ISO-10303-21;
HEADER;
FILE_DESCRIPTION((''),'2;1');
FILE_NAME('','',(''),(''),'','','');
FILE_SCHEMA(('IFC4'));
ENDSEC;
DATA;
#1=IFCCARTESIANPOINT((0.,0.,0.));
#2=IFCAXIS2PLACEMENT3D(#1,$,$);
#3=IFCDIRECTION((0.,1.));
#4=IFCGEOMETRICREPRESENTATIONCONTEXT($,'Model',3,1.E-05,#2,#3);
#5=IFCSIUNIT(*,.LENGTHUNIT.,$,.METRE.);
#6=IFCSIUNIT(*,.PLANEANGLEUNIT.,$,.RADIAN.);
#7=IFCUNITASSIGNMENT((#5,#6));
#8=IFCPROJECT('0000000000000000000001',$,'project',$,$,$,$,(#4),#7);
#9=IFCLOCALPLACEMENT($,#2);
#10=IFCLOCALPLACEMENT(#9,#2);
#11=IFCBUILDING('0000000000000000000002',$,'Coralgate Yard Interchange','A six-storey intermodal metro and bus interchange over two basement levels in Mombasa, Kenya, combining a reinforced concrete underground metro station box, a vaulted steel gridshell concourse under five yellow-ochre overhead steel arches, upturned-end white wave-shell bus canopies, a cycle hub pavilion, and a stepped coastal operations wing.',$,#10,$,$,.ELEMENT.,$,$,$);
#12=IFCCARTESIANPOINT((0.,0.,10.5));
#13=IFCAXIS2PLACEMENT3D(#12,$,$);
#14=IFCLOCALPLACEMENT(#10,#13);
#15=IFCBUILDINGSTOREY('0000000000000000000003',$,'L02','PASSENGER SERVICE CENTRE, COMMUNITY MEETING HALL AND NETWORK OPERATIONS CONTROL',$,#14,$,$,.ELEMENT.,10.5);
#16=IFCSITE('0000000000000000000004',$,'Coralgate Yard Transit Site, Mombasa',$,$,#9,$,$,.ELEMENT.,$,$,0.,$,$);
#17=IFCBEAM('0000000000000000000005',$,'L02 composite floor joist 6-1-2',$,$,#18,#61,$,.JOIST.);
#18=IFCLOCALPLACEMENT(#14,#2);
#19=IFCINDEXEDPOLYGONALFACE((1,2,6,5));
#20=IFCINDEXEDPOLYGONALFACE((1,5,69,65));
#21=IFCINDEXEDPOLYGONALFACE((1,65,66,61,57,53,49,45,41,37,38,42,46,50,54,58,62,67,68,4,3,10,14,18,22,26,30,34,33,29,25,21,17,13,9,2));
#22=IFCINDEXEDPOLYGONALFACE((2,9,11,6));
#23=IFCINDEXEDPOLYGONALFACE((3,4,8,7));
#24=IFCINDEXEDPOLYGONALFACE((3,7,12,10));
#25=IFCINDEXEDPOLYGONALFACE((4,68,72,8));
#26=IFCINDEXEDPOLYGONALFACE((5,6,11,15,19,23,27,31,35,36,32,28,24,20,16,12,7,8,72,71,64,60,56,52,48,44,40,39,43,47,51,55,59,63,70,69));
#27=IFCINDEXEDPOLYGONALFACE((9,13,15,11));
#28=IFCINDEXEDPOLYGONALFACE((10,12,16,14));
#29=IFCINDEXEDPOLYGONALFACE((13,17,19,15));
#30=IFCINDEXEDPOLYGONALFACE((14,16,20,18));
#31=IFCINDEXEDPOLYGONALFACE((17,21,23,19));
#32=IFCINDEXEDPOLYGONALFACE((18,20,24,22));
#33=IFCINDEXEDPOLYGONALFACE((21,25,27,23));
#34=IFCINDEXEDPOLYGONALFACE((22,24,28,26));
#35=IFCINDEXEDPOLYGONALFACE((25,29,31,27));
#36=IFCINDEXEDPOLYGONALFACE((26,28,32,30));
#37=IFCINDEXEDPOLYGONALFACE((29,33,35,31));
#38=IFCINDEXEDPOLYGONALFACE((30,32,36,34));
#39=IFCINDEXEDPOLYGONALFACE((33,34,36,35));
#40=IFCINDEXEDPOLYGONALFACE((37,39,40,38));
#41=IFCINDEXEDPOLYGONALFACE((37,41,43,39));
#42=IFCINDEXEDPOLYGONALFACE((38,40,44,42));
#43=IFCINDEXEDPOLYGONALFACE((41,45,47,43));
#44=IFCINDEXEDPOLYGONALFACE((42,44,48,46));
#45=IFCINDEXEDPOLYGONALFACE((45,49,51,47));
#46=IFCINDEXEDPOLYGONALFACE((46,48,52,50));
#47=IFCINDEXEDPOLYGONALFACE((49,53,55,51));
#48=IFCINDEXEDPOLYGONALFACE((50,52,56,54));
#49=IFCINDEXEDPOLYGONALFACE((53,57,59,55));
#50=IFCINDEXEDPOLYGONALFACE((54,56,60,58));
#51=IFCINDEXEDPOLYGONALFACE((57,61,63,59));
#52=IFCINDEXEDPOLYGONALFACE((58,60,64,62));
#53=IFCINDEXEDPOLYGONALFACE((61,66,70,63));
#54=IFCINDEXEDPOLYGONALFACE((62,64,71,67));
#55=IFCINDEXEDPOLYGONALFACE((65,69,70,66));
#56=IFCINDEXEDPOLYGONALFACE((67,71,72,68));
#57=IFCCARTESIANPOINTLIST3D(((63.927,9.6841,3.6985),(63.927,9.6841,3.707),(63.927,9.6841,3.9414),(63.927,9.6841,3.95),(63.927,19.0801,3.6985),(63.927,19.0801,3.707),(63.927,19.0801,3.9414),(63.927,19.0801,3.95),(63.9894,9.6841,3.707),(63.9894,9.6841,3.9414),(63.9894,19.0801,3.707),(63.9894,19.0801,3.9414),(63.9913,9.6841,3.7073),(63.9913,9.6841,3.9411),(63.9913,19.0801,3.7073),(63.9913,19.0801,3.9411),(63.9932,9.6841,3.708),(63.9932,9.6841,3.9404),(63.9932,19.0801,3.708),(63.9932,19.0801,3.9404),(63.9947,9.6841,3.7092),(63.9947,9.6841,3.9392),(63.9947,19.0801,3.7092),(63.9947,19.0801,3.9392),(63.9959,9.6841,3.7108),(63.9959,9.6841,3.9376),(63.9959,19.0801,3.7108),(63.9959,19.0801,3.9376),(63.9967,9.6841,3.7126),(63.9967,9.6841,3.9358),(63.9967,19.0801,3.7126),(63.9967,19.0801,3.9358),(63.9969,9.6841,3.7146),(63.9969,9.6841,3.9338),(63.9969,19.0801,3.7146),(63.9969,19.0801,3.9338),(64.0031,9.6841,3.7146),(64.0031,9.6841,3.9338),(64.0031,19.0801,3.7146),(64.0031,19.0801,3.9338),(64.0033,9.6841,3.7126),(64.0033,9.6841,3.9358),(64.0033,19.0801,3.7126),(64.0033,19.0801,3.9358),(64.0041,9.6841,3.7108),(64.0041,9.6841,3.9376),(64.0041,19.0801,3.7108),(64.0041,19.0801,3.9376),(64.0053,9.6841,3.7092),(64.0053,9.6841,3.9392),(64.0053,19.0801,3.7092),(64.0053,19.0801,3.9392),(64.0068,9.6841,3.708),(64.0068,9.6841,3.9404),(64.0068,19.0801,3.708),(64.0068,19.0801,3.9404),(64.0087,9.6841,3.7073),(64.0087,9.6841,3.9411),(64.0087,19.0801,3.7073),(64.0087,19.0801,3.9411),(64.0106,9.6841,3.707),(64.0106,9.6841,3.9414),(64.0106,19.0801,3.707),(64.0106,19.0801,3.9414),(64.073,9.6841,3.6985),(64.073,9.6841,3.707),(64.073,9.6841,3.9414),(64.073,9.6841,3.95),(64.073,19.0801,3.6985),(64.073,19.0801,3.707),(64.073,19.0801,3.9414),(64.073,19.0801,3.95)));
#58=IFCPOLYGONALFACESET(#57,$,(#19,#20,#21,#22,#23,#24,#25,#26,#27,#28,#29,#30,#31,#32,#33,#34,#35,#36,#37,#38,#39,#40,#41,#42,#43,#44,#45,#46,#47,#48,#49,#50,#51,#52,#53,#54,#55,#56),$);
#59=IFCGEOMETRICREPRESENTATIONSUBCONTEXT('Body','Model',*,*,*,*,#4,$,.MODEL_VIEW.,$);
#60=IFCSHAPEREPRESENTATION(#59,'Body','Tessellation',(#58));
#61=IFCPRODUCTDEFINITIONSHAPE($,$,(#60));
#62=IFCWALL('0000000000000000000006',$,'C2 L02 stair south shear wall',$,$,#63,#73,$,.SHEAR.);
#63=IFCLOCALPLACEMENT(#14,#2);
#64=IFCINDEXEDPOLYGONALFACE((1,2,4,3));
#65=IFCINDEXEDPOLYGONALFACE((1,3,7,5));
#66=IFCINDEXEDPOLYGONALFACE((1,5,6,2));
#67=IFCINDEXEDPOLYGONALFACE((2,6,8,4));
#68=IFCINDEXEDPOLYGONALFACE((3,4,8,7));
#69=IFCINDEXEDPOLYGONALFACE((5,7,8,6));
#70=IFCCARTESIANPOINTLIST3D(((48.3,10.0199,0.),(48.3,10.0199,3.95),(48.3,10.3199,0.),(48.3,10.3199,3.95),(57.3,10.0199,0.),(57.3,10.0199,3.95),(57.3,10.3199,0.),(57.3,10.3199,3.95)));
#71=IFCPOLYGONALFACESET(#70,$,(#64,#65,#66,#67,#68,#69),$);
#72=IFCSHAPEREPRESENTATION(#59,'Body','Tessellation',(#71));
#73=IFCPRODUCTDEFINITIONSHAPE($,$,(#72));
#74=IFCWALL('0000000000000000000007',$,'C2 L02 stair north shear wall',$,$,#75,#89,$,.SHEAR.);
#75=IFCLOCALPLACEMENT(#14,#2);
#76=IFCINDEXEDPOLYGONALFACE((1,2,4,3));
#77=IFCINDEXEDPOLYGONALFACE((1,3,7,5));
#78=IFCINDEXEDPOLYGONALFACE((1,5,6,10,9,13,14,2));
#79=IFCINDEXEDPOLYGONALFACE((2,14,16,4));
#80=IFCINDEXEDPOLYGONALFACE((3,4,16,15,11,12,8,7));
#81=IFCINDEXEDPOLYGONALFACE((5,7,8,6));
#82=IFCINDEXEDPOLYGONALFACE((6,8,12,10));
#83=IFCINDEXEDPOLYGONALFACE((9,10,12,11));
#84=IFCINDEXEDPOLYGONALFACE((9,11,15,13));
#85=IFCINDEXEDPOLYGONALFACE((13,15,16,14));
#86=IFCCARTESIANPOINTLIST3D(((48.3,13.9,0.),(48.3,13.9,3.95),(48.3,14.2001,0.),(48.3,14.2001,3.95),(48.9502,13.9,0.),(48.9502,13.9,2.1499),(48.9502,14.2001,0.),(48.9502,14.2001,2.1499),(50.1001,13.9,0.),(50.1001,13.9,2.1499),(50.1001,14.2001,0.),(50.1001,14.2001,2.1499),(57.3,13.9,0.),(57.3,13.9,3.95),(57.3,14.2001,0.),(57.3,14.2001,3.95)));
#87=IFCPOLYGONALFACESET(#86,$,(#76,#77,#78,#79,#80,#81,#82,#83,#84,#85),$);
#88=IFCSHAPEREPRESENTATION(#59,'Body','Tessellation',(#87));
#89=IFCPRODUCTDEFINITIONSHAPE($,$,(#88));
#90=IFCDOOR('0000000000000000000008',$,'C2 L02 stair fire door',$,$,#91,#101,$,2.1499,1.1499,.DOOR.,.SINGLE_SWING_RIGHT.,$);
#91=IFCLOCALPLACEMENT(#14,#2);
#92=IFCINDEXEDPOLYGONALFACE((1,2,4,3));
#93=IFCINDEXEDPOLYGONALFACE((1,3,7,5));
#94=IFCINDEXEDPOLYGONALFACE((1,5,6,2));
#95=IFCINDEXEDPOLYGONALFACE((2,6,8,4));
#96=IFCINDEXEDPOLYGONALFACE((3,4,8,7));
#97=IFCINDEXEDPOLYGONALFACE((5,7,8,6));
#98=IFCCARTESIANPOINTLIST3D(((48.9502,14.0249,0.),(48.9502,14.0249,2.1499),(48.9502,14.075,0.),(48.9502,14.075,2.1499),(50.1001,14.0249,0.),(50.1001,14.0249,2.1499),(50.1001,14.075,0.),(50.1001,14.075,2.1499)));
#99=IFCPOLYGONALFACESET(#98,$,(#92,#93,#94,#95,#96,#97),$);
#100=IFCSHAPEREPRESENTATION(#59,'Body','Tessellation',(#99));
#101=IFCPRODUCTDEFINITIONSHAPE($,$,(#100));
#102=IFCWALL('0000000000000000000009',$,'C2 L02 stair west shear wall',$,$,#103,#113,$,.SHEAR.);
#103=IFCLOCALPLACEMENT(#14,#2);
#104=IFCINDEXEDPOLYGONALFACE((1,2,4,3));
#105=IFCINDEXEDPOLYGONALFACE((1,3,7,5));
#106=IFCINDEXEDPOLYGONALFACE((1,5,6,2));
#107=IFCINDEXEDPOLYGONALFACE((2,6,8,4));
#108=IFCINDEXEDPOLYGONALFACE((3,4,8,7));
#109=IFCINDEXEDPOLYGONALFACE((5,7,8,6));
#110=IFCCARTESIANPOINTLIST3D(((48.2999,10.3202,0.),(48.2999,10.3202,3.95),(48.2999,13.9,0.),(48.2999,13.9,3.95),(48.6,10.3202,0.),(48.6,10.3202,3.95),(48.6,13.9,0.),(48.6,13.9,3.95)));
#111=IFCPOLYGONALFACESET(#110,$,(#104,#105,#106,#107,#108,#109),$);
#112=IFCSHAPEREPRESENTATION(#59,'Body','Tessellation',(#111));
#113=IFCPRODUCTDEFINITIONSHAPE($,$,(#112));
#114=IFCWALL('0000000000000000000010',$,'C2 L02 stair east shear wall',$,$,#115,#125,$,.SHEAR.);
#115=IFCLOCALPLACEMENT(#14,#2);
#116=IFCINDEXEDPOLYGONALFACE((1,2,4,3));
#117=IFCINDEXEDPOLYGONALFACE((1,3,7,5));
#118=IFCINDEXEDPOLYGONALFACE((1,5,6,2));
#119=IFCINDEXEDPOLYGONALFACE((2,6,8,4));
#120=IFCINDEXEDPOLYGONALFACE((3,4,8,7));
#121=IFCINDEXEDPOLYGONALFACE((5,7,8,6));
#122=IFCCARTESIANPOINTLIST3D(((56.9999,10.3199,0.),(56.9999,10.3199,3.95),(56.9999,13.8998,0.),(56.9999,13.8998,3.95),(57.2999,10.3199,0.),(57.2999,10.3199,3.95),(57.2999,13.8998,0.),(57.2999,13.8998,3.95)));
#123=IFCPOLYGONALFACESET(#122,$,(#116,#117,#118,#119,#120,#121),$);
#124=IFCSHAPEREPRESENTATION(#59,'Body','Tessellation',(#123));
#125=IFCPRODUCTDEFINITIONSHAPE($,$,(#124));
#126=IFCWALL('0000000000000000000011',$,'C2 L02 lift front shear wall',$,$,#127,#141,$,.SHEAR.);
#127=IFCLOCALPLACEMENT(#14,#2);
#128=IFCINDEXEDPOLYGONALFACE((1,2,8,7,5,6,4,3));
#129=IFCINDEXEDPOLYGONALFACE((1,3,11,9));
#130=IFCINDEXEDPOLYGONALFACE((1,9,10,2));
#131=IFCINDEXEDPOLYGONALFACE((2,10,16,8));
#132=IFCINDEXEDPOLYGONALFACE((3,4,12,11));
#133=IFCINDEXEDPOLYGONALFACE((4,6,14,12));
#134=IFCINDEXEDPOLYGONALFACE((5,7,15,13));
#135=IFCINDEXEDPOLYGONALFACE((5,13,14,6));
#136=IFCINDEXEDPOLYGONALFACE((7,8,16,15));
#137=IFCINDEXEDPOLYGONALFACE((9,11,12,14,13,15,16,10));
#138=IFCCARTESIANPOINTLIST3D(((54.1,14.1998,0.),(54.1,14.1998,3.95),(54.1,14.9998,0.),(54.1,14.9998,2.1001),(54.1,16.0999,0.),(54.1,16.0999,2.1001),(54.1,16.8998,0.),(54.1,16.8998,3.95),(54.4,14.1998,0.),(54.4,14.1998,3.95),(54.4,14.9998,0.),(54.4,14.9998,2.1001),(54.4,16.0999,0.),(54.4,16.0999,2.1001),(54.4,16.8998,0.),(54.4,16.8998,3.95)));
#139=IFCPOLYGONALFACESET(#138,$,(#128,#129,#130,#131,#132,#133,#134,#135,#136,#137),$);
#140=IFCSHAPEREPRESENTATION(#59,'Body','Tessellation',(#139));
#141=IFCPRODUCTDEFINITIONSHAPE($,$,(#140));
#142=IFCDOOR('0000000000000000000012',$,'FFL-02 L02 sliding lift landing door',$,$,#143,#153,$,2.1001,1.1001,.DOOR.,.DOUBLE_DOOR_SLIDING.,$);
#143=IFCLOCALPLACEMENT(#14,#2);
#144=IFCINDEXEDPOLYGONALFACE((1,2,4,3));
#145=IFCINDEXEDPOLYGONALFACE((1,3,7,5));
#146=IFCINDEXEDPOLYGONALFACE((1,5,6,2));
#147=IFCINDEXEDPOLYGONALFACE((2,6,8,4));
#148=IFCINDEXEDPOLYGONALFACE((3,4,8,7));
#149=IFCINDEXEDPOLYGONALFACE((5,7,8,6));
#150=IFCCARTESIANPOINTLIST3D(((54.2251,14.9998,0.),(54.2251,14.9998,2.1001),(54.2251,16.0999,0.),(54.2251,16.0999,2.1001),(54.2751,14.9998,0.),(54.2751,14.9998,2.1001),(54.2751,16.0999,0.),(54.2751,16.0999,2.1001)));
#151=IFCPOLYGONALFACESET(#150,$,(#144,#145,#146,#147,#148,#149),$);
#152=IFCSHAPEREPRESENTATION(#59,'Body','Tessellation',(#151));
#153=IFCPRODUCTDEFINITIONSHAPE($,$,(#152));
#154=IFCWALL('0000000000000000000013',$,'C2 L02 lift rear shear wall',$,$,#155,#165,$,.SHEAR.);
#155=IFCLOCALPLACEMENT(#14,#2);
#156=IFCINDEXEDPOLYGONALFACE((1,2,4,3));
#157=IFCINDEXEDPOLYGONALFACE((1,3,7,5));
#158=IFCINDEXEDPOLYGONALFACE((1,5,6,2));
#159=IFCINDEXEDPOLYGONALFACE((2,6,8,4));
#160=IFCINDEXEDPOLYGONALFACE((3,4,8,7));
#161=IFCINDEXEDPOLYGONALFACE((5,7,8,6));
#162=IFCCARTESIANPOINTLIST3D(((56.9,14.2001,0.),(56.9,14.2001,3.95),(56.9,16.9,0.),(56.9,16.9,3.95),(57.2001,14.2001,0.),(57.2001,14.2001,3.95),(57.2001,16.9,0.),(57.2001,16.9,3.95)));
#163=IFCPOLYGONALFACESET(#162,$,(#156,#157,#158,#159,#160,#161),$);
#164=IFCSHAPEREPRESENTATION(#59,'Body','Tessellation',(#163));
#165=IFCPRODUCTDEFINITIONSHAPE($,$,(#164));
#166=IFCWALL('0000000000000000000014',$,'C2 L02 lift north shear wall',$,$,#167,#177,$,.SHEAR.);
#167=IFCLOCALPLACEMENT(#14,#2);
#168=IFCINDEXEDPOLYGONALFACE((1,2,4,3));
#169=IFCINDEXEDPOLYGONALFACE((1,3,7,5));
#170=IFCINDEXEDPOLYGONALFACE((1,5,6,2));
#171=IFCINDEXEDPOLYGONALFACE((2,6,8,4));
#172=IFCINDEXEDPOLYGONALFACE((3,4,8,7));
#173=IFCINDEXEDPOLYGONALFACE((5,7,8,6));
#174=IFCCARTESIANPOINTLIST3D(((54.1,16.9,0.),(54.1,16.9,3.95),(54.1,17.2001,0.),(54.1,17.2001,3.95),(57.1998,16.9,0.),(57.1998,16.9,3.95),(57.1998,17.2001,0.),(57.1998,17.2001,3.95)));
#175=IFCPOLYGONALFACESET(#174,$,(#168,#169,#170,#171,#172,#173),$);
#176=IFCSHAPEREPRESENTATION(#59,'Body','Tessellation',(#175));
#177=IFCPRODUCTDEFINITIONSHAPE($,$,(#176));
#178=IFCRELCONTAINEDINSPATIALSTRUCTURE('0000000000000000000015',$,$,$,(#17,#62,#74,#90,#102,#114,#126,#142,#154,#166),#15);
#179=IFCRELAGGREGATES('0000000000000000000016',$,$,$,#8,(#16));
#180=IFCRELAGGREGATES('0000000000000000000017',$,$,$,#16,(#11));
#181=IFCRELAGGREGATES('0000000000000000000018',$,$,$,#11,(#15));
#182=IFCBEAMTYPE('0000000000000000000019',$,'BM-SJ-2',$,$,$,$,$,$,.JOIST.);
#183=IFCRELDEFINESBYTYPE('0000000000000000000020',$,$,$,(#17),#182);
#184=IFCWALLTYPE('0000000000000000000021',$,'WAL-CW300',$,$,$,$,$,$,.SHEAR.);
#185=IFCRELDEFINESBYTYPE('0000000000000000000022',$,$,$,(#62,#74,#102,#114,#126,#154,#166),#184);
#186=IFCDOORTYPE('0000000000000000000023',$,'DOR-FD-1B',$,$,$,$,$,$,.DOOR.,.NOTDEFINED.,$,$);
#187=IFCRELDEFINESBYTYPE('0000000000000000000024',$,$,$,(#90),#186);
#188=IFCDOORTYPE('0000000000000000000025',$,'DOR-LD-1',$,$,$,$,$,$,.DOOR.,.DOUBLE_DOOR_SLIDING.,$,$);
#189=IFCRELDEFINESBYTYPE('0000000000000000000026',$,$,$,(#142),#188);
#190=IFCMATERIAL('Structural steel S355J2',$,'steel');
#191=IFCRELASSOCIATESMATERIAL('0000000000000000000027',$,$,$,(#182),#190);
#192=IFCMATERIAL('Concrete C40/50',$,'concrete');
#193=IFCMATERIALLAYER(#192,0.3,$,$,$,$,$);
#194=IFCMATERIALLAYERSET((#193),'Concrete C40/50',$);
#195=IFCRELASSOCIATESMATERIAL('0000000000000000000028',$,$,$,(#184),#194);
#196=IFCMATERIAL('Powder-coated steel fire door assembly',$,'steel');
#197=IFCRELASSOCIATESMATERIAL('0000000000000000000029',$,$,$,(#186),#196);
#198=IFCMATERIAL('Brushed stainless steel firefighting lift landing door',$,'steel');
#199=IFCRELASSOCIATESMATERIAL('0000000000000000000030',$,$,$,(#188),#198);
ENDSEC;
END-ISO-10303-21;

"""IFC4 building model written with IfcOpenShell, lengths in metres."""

from ifc_helpers import new_model, si_unit, direction, frame, frame_2d, origin, origin_2d, place, context, subcontext, project, spatial, rectangle, i_section, extrude, material, layer, layer_set, material_profile, profile_set, type_object, element, fill, save


model = new_model("IFC4")

# Units and contexts
model_context = context("Model", 3, precision=1e-05, world=origin(), true_north=direction((0.0, 1.0)))
body_context = subcontext(model_context, "Body", "Model", "MODEL_VIEW")
ifc_project = project(units=[si_unit("LENGTHUNIT", "METRE"), si_unit("PLANEANGLEUNIT", "RADIAN")], contexts=[model_context])

# Site, building, storey
site_placement = place(None, origin())
site = spatial("IfcSite", under=ifc_project, at=site_placement, Name="Coralgate Yard Transit Site, Mombasa", CompositionType="ELEMENT", RefElevation=0.0)
building_placement = place(site_placement, origin())
building = spatial("IfcBuilding", under=site, at=building_placement, Name="Coralgate Yard Interchange", Description="A six-storey intermodal metro and bus interchange over two basement levels in Mombasa, Kenya, combining a reinforced concrete underground metro station box, a vaulted steel gridshell concourse under five yellow-ochre overhead steel arches, upturned-end white wave-shell bus canopies, a cycle hub pavilion, and a stepped coastal operations wing.", CompositionType="ELEMENT")
storey_placement = place(building_placement, frame((0.0, 0.0, 10.5)))
storey = spatial("IfcBuildingStorey", under=building, at=storey_placement, Name="L02", Description="PASSENGER SERVICE CENTRE, COMMUNITY MEETING HALL AND NETWORK OPERATIONS CONTROL", CompositionType="ELEMENT", Elevation=10.5)

# Shared definitions
ifc_material_1 = material(Name="Structural steel S355J2", Category="steel")

# Beam
ifc_material_profile_1 = material_profile(ifc_material_1, i_section(OverallWidth=0.146, OverallDepth=0.2515, WebThickness=0.0061, FlangeThickness=0.0085, FilletRadius=0.0076, at=origin_2d()), Name="UB 254x146x31")
ifc_profile_set_1 = profile_set([ifc_material_profile_1], Name="Structural steel S355J2")
beam_type_1 = type_object("IfcBeamType", Name="BM-SJ-2", PredefinedType="JOIST", material=ifc_profile_set_1)
for number, where, z_axis, x_axis, name in (
    (1, (64.0, 9.6841, 3.8242), (0.0, 1.0, 0.0), (-1.0, 0.0, 0.0), "L02 composite floor joist 6-1-2"),
):
    element("IfcBeam", number, at=place(storey_placement, frame(where, z_axis=z_axis, x_axis=x_axis)), inside=storey, type_object=beam_type_1, Name=name, PredefinedType="JOIST", context=body_context, shape_type="SweptSolid", body=[
        extrude(i_section(OverallWidth=0.146, OverallDepth=0.2515, WebThickness=0.0061, FlangeThickness=0.0085, FilletRadius=0.0076, at=origin_2d()), origin(), (0.0, 0.0, 1.0), 9.396),
    ])

# Wall
ifc_material_2 = material(Name="Concrete C40/50", Category="concrete")
ifc_layer_1 = layer(ifc_material_2, 0.3)
ifc_layer_set_1 = layer_set([ifc_layer_1], Name="Concrete C40/50")
wall_type_1 = type_object("IfcWallType", Name="WAL-CW300", PredefinedType="SHEAR", material=ifc_layer_set_1)
wall_1_placement = place(storey_placement, frame((48.3, 10.1699, 0.0), z_axis=(0.0, 0.0, 1.0), x_axis=(1.0, 0.0, 0.0)))
element("IfcWall", 2, at=wall_1_placement, inside=storey, type_object=wall_type_1, Name="C2 L02 stair south shear wall", PredefinedType="SHEAR", context=body_context, shape_type="SweptSolid", body=[
    extrude(rectangle(XDim=9.0, YDim=0.3, at=frame_2d((4.5, 0.0))), origin(), (0.0, 0.0, 1.0), 3.95),
])

# Wall, opening, door
wall_2_placement = place(storey_placement, frame((57.3, 14.05, 0.0), z_axis=(0.0, 0.0, 1.0), x_axis=(-1.0, 0.0, 0.0)))
wall_2 = element("IfcWall", 3, at=wall_2_placement, inside=storey, type_object=wall_type_1, Name="C2 L02 stair north shear wall", PredefinedType="SHEAR", context=body_context, shape_type="SweptSolid", body=[
    extrude(rectangle(XDim=9.0, YDim=0.3, at=frame_2d((4.5, 0.0))), origin(), (0.0, 0.0, 1.0), 3.95),
])
opening_1_placement = place(wall_2_placement, frame((7.2, 0.0, 0.0)))
opening_1 = element("IfcOpeningElement", 4, at=opening_1_placement, cuts=wall_2, PredefinedType="OPENING", context=body_context, shape_type="SweptSolid", body=[
    extrude(rectangle(XDim=1.1499, YDim=2.1499, at=frame_2d((0.575, 1.075))), frame((0.0, 0.1599, 0.0), z_axis=(0.0, -1.0, 0.0), x_axis=(1.0, 0.0, 0.0)), (0.0, 0.0, 1.0), 0.3201),
])
ifc_material_3 = material(Name="Powder-coated steel fire door assembly", Category="steel")
door_type_1 = type_object("IfcDoorType", Name="DOR-FD-1B", OperationType="NOTDEFINED", PredefinedType="DOOR", material=ifc_material_3)
door_1_placement = place(opening_1_placement, frame((1.1499, 0.0, 0.0), z_axis=(0.0, 0.0, 1.0), x_axis=(-1.0, 0.0, 0.0)))
door_1 = element("IfcDoor", 5, at=door_1_placement, inside=storey, type_object=door_type_1, Name="C2 L02 stair fire door", OperationType="SINGLE_SWING_RIGHT", OverallHeight=2.1499, OverallWidth=1.1499, PredefinedType="DOOR", context=body_context, shape_type="SweptSolid", body=[
    extrude(rectangle(XDim=1.1499, YDim=2.1499, at=frame_2d((0.575, 1.075))), frame((0.0, 0.0249, 0.0), z_axis=(0.0, -1.0, 0.0), x_axis=(1.0, 0.0, 0.0)), (0.0, 0.0, 1.0), 0.05),
])
fill(opening_1, door_1)

# Walls
for number, where, z_axis, x_axis, name in (
    (6, (48.45, 10.3201, 0.0), (0.0, 0.0, 1.0), (0.0, 1.0, 0.0), "C2 L02 stair west shear wall"),
    (7, (57.1499, 13.8999, 0.0), (0.0, 0.0, 1.0), (0.0, -1.0, 0.0), "C2 L02 stair east shear wall"),
):
    element("IfcWall", number, at=place(storey_placement, frame(where, z_axis=z_axis, x_axis=x_axis)), inside=storey, type_object=wall_type_1, Name=name, PredefinedType="SHEAR", context=body_context, shape_type="SweptSolid", body=[
        extrude(rectangle(XDim=3.5798, YDim=0.3, at=frame_2d((1.79, 0.0))), origin(), (0.0, 0.0, 1.0), 3.95),
    ])

# Wall, opening, door
wall_3_placement = place(storey_placement, frame((54.25, 16.8999, 0.0), z_axis=(0.0, 0.0, 1.0), x_axis=(0.0, -1.0, 0.0)))
wall_3 = element("IfcWall", 8, at=wall_3_placement, inside=storey, type_object=wall_type_1, Name="C2 L02 lift front shear wall", PredefinedType="SHEAR", context=body_context, shape_type="SweptSolid", body=[
    extrude(rectangle(XDim=2.7, YDim=0.3, at=frame_2d((1.3501, 0.0))), origin(), (0.0, 0.0, 1.0), 3.95),
])
opening_2_placement = place(wall_3_placement, frame((0.8, 0.0, 0.0)))
opening_2 = element("IfcOpeningElement", 9, at=opening_2_placement, cuts=wall_3, PredefinedType="OPENING", context=body_context, shape_type="SweptSolid", body=[
    extrude(rectangle(XDim=1.1001, YDim=2.1001, at=frame_2d((0.55, 1.05))), frame((0.0, 0.1599, 0.0), z_axis=(0.0, -1.0, 0.0), x_axis=(1.0, 0.0, 0.0)), (0.0, 0.0, 1.0), 0.3201),
])
ifc_material_4 = material(Name="Brushed stainless steel firefighting lift landing door", Category="steel")
door_type_2 = type_object("IfcDoorType", Name="DOR-LD-1", OperationType="DOUBLE_DOOR_SLIDING", PredefinedType="DOOR", material=ifc_material_4)
door_2_placement = place(opening_2_placement, frame((1.1001, 0.0, 0.0), z_axis=(0.0, 0.0, 1.0), x_axis=(-1.0, 0.0, 0.0)))
door_2 = element("IfcDoor", 10, at=door_2_placement, inside=storey, type_object=door_type_2, Name="FFL-02 L02 sliding lift landing door", OperationType="DOUBLE_DOOR_SLIDING", OverallHeight=2.1001, OverallWidth=1.1001, PredefinedType="DOOR", context=body_context, shape_type="SweptSolid", body=[
    extrude(rectangle(XDim=1.1001, YDim=2.1001, at=frame_2d((0.55, 1.05))), frame((0.0, 0.0249, 0.0), z_axis=(0.0, -1.0, 0.0), x_axis=(1.0, 0.0, 0.0)), (0.0, 0.0, 1.0), 0.05),
])
fill(opening_2, door_2)

# Walls
wall_4_placement = place(storey_placement, frame((57.05, 14.2, 0.0), z_axis=(0.0, 0.0, 1.0), x_axis=(0.0, 1.0, 0.0)))
element("IfcWall", 11, at=wall_4_placement, inside=storey, type_object=wall_type_1, Name="C2 L02 lift rear shear wall", PredefinedType="SHEAR", context=body_context, shape_type="SweptSolid", body=[
    extrude(rectangle(XDim=2.7, YDim=0.3, at=frame_2d((1.3501, 0.0))), origin(), (0.0, 0.0, 1.0), 3.95),
])
wall_5_placement = place(storey_placement, frame((54.1001, 17.05, 0.0), z_axis=(0.0, 0.0, 1.0), x_axis=(1.0, 0.0, 0.0)))
element("IfcWall", 12, at=wall_5_placement, inside=storey, type_object=wall_type_1, Name="C2 L02 lift north shear wall", PredefinedType="SHEAR", context=body_context, shape_type="SweptSolid", body=[
    extrude(rectangle(XDim=3.0999, YDim=0.3, at=frame_2d((1.5498, 0.0))), origin(), (0.0, 0.0, 1.0), 3.95),
])

save(model, "model.ifc")
